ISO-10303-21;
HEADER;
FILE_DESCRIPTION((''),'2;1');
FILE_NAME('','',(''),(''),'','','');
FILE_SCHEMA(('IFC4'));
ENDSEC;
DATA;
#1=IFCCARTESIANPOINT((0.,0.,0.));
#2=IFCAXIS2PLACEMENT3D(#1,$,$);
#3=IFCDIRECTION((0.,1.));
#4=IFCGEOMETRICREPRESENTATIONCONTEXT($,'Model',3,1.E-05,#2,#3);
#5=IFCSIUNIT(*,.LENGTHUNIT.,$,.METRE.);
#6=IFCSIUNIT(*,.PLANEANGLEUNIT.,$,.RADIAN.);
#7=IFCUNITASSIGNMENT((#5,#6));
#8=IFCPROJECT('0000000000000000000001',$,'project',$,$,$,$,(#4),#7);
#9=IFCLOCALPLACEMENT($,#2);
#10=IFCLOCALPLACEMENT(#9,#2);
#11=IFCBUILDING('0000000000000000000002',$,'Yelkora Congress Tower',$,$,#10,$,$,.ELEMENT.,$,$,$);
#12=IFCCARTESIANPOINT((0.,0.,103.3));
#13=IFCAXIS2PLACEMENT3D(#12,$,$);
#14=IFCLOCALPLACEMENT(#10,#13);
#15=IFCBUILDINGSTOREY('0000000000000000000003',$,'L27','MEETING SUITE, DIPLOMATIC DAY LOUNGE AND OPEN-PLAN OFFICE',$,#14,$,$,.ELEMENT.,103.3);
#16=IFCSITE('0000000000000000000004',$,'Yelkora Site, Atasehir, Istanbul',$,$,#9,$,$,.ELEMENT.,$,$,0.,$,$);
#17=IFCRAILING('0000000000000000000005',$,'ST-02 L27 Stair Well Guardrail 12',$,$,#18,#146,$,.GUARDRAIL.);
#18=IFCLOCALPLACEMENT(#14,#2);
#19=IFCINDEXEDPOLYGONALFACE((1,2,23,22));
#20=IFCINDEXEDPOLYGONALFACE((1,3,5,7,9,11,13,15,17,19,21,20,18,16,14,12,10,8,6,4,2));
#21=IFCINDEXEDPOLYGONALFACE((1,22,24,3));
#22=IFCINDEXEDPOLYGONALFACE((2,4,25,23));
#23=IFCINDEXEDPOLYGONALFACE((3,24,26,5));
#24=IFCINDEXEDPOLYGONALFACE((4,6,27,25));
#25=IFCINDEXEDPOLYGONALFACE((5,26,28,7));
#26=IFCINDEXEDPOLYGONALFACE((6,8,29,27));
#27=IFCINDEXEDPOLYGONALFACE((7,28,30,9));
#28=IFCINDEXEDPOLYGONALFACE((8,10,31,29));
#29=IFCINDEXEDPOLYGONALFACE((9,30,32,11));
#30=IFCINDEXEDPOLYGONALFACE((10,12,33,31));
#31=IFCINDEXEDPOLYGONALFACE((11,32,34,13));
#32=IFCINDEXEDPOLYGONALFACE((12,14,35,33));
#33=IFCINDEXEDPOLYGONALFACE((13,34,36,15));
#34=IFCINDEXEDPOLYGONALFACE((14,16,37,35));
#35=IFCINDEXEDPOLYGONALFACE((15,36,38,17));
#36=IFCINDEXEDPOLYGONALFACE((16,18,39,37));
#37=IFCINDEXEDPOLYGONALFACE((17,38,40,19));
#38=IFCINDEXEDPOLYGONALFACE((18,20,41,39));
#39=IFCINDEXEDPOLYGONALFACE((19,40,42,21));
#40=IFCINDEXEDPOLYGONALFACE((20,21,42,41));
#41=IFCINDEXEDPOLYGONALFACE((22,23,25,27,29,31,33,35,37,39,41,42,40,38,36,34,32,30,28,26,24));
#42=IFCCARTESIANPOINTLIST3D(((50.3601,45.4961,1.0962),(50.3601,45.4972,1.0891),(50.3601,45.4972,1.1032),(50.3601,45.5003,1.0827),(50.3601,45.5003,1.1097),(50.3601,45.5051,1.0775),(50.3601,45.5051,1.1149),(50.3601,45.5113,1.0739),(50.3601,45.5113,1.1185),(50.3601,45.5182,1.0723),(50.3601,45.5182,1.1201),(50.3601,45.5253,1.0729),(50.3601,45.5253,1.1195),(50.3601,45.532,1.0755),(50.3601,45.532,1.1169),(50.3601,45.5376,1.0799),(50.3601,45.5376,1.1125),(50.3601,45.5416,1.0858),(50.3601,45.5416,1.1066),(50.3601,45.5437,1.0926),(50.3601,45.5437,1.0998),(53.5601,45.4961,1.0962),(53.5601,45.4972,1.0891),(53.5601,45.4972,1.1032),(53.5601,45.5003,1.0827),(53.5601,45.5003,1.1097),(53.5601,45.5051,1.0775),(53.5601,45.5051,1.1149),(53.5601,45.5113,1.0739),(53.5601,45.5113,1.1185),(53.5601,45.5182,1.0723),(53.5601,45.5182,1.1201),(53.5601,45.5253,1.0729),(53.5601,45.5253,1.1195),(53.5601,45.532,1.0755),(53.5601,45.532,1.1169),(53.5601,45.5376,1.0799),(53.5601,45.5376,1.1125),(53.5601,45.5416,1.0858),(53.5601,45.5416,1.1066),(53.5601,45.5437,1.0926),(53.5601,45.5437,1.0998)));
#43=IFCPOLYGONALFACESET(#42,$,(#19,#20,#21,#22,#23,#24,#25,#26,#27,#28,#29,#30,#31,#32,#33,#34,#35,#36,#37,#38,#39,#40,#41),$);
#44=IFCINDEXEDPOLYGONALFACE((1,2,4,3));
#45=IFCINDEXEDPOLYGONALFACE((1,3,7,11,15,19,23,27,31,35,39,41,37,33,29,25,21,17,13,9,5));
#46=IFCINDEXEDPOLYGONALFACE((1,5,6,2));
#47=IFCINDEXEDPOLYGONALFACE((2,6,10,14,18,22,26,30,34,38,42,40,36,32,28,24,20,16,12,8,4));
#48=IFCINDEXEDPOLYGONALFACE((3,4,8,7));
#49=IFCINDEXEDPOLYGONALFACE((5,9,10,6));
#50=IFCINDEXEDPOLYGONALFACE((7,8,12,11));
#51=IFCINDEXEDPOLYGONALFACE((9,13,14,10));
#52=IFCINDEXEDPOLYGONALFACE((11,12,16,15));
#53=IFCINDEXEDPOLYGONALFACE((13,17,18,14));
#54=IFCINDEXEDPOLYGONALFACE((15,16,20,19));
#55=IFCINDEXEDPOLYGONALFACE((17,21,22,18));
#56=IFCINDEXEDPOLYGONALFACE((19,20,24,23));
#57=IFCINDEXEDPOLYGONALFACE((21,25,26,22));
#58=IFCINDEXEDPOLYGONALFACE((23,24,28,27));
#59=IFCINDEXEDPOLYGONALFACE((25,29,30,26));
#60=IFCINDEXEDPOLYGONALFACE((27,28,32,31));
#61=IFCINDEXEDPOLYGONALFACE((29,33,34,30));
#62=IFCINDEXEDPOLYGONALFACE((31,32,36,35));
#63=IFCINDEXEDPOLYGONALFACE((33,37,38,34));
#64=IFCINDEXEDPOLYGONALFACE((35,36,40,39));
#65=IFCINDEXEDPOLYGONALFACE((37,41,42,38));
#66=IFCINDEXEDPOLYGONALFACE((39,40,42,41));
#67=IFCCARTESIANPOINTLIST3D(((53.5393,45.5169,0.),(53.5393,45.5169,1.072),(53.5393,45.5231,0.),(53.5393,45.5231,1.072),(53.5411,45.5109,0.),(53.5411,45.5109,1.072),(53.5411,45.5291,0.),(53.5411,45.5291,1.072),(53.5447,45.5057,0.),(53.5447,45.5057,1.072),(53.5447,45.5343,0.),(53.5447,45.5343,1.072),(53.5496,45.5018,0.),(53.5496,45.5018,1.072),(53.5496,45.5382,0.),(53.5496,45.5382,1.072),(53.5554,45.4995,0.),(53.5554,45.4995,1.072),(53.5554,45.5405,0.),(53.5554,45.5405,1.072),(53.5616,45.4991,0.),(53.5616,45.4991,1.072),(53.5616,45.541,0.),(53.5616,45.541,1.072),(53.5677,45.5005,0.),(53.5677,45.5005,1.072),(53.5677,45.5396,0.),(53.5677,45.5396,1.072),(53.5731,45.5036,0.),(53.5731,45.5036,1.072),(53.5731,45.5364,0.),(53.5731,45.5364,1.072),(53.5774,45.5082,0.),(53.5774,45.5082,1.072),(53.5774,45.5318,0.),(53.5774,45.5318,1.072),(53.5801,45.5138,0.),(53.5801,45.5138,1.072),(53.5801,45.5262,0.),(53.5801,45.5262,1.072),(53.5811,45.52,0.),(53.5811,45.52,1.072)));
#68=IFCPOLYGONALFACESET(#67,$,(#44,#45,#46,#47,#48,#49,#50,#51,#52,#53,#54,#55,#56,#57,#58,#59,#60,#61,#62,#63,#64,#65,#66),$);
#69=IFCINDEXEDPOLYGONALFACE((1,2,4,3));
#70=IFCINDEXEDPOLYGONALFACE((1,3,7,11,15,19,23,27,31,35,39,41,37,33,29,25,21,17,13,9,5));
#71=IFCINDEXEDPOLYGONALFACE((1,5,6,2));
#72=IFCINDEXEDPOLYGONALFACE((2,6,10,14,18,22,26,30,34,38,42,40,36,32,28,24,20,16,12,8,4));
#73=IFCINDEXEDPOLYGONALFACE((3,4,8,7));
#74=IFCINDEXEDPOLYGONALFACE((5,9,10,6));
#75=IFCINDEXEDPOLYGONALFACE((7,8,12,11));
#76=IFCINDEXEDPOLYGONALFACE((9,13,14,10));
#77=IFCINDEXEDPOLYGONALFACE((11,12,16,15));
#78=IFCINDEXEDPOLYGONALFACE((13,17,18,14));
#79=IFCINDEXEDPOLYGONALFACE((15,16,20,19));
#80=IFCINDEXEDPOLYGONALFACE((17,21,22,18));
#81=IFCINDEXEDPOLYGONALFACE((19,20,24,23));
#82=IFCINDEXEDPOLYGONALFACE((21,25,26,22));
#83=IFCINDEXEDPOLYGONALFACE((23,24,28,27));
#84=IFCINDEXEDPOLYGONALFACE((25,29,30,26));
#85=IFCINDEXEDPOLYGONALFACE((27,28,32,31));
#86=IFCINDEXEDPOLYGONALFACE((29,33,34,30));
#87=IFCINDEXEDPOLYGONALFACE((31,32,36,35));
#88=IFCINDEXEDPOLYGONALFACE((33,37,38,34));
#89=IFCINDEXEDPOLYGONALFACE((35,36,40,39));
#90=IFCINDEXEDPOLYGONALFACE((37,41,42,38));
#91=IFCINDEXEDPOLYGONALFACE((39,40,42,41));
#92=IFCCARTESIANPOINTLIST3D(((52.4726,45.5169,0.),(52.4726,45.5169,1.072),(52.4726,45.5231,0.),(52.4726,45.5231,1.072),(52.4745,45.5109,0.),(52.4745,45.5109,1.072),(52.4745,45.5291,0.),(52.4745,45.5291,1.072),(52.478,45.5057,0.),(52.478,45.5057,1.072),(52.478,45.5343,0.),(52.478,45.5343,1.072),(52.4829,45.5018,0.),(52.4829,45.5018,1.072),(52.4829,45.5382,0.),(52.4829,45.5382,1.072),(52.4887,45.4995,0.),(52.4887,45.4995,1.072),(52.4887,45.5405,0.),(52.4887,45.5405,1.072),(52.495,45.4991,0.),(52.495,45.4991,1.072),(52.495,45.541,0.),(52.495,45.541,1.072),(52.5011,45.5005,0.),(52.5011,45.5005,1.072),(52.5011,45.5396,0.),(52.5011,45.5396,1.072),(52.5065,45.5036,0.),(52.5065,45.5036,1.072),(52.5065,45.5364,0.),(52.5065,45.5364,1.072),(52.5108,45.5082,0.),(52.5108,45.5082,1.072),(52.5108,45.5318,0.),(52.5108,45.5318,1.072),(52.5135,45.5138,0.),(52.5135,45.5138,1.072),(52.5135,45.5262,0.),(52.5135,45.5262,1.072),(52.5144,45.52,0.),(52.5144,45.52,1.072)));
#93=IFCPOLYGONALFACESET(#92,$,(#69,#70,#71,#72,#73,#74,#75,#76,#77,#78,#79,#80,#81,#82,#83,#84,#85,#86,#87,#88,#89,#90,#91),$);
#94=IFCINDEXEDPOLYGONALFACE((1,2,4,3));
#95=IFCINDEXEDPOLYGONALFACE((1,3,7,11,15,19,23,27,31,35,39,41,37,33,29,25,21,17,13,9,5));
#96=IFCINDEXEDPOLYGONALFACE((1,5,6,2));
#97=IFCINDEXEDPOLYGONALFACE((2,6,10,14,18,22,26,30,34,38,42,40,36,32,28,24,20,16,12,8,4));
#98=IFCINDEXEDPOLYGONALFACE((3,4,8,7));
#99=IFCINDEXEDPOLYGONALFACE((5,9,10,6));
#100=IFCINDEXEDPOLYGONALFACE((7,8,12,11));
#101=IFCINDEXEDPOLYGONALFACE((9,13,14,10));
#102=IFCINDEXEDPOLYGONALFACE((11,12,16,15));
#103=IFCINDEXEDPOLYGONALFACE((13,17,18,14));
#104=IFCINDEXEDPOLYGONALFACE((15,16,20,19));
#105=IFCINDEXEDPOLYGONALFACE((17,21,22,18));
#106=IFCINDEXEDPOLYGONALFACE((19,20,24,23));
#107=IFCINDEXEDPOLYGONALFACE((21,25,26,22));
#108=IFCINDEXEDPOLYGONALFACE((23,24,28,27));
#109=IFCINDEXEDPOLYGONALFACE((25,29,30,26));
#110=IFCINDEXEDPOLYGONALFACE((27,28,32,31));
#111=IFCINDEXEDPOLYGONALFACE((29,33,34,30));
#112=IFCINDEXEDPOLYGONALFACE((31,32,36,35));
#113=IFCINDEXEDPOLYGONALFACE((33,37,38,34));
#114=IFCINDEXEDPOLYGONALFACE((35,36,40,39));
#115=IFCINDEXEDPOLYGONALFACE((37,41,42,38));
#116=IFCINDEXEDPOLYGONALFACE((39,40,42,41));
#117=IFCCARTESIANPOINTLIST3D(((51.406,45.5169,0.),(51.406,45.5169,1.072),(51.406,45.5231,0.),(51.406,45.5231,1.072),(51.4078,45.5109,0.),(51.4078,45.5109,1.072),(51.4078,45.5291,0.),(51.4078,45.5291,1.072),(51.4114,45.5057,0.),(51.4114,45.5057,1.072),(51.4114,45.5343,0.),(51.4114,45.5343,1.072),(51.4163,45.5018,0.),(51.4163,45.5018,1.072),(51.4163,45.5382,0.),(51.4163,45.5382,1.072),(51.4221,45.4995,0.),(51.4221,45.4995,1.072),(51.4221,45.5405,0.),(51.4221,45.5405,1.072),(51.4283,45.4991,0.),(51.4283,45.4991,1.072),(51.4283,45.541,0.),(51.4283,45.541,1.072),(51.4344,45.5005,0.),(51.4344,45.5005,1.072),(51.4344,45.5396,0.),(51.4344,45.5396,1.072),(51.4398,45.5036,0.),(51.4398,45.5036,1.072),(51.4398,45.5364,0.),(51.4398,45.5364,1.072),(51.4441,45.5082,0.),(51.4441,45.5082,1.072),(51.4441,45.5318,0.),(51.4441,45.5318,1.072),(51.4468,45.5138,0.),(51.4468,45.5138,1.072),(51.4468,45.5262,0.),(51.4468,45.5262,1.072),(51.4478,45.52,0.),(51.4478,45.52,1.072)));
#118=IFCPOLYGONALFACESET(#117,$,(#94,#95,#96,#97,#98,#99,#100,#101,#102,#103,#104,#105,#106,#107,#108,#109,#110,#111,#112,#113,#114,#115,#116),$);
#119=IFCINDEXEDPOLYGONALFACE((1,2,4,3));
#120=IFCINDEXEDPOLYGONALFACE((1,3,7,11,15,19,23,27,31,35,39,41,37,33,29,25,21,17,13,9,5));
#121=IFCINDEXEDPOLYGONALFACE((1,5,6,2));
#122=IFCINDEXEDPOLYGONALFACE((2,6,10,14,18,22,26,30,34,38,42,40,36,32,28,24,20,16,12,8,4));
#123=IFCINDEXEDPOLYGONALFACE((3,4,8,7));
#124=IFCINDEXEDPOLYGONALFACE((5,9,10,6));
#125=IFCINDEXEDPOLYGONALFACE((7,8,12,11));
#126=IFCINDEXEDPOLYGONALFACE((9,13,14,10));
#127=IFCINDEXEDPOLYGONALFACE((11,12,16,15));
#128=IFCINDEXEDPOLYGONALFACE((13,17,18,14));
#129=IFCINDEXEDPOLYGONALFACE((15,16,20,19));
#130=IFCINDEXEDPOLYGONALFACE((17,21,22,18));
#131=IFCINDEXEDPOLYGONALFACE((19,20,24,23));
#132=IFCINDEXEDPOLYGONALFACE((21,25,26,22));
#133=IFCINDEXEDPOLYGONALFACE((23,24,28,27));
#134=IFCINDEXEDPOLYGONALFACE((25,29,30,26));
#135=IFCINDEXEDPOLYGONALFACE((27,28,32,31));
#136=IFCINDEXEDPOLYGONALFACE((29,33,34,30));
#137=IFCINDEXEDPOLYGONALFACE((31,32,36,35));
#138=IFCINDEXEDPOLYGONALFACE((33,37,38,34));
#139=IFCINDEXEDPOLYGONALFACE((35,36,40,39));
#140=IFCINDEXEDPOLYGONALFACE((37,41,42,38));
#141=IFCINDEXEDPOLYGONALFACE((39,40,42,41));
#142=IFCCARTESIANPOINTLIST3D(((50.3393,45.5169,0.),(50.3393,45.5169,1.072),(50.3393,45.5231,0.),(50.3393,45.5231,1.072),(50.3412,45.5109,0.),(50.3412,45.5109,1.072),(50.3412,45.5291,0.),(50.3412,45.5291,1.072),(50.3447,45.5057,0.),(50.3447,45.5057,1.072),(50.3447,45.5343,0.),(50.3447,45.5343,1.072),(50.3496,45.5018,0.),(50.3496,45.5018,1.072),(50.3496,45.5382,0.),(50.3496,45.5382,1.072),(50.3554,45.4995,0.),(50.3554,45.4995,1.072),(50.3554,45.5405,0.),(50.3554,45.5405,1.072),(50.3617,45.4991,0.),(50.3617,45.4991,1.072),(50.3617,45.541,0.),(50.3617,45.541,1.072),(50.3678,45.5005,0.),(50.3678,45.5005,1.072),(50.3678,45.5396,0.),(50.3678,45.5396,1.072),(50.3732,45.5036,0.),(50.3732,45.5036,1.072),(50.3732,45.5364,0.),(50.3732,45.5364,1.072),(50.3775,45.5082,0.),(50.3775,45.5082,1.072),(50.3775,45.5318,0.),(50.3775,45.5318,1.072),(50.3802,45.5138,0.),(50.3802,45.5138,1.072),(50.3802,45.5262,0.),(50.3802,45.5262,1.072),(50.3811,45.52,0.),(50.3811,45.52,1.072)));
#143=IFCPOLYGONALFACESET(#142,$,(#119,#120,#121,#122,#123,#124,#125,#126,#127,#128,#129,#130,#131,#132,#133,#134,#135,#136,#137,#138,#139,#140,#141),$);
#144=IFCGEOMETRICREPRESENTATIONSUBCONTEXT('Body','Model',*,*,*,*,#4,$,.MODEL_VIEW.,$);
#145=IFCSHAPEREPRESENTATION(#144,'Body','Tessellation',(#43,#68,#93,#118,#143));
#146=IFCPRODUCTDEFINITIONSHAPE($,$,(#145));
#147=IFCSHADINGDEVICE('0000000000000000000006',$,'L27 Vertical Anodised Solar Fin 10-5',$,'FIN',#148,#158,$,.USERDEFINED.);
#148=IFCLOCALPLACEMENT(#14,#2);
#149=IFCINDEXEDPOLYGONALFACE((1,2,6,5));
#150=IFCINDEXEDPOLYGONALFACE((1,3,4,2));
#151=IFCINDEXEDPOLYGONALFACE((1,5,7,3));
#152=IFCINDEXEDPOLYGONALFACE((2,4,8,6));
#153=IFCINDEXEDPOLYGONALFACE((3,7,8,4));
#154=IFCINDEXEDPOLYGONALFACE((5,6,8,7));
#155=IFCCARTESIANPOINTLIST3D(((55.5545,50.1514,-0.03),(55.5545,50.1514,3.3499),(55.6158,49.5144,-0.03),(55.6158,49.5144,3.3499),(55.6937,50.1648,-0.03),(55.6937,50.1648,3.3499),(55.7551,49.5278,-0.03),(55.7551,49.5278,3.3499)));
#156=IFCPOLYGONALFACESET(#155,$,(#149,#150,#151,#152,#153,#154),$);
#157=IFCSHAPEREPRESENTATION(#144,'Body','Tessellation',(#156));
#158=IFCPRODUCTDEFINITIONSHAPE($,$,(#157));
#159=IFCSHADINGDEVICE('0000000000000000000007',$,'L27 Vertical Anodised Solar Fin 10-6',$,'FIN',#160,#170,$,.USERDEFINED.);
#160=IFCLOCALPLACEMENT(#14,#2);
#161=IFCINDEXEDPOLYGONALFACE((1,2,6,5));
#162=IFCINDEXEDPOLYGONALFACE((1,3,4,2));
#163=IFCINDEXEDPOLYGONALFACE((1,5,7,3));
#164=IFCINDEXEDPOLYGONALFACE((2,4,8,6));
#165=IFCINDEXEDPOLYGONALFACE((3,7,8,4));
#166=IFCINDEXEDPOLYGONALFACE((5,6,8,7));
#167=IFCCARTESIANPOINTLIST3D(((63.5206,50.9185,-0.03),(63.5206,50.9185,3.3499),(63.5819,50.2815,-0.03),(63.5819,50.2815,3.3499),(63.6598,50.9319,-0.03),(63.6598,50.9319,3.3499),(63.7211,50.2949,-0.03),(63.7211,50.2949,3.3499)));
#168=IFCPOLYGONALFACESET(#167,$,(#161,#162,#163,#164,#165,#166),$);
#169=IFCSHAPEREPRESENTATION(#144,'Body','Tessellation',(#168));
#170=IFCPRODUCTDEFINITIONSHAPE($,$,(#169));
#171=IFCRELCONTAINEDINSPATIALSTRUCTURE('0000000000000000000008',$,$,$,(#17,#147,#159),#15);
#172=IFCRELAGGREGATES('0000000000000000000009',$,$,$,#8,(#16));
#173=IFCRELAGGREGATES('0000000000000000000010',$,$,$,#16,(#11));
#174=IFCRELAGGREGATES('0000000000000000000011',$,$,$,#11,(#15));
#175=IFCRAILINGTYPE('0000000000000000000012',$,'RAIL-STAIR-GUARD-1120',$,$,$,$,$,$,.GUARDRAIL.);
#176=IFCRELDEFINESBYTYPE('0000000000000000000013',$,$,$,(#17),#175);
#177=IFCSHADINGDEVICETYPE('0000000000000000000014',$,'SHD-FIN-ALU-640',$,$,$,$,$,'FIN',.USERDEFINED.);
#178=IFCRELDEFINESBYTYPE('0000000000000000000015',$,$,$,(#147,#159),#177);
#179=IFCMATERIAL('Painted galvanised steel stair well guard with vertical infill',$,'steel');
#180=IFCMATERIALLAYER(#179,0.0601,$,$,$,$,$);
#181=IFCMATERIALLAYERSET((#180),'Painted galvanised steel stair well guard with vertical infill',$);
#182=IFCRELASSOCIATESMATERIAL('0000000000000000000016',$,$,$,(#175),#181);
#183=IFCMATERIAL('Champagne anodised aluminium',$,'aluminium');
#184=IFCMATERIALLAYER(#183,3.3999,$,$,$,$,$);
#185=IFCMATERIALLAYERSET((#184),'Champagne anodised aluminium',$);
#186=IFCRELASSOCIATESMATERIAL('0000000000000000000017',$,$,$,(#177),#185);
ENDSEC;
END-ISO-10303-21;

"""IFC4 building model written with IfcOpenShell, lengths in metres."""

from ifc_helpers import new_model, si_unit, direction, frame, origin, origin_2d, place, context, subcontext, project, spatial, rectangle, circle, extrude, material, layer, layer_set, type_object, element, save


model = new_model("IFC4")

# Units and contexts
model_context = context("Model", 3, precision=1e-05, world=origin(), true_north=direction((0.0, 1.0)))
body_context = subcontext(model_context, "Body", "Model", "MODEL_VIEW")
ifc_project = project(units=[si_unit("LENGTHUNIT", "METRE"), si_unit("PLANEANGLEUNIT", "RADIAN")], contexts=[model_context])

# Site, building, storey
site_placement = place(None, origin())
site = spatial("IfcSite", under=ifc_project, at=site_placement, Name="Yelkora Site, Atasehir, Istanbul", CompositionType="ELEMENT", RefElevation=0.0)
building_placement = place(site_placement, origin())
building = spatial("IfcBuilding", under=site, at=building_placement, Name="Yelkora Congress Tower", CompositionType="ELEMENT")
storey_placement = place(building_placement, frame((0.0, 0.0, 103.3)))
storey = spatial("IfcBuildingStorey", under=building, at=storey_placement, Name="L27", Description="MEETING SUITE, DIPLOMATIC DAY LOUNGE AND OPEN-PLAN OFFICE", CompositionType="ELEMENT", Elevation=103.3)

# Railing
ifc_material_1 = material(Name="Painted galvanised steel stair well guard with vertical infill", Category="steel")
ifc_layer_1 = layer(ifc_material_1, 0.0601)
ifc_layer_set_1 = layer_set([ifc_layer_1], Name="Painted galvanised steel stair well guard with vertical infill")
railing_type = type_object("IfcRailingType", Name="RAIL-STAIR-GUARD-1120", PredefinedType="GUARDRAIL", material=ifc_layer_set_1)
railing_1_placement = place(storey_placement, frame((53.5601, 45.52, 0.0)))
element("IfcRailing", 1, at=railing_1_placement, inside=storey, type_object=railing_type, Name="ST-02 L27 Stair Well Guardrail 12", PredefinedType="GUARDRAIL", context=body_context, shape_type="SweptSolid", body=[
    extrude(circle(Radius=0.0239, at=origin_2d()), frame((0.0, 0.0, 1.0962), z_axis=(-1.0, 0.0, 0.0), x_axis=(0.0, -1.0, 0.0)), (0.0, 0.0, 1.0), 3.2),
    extrude(circle(Radius=0.021, at=origin_2d()), origin(), (0.0, 0.0, 1.0), 1.072),
    extrude(circle(Radius=0.021, at=origin_2d()), frame((-1.0667, 0.0, 0.0)), (0.0, 0.0, 1.0), 1.072),
    extrude(circle(Radius=0.021, at=origin_2d()), frame((-2.1333, 0.0, 0.0)), (0.0, 0.0, 1.0), 1.072),
    extrude(circle(Radius=0.021, at=origin_2d()), frame((-3.2, 0.0, 0.0)), (0.0, 0.0, 1.0), 1.072),
])

# Shading devices
ifc_material_2 = material(Name="Champagne anodised aluminium", Category="aluminium")
ifc_layer_2 = layer(ifc_material_2, 3.3999)
ifc_layer_set_2 = layer_set([ifc_layer_2], Name="Champagne anodised aluminium")
shading_device_type = type_object("IfcShadingDeviceType", Name="SHD-FIN-ALU-640", ElementType="FIN", PredefinedType="USERDEFINED", material=ifc_layer_set_2)
for number, where, z_axis, x_axis, name in (
    (2, (55.6548, 49.8396, -0.03), (0.0, 0.0, 1.0), (0.995396, 0.095846, 0.0), "L27 Vertical Anodised Solar Fin 10-5"),
    (3, (63.6208, 50.6067, -0.03), (0.0, 0.0, 1.0), (0.995396, 0.095846, 0.0), "L27 Vertical Anodised Solar Fin 10-6"),
):
    element("IfcShadingDevice", number, at=place(storey_placement, frame(where, z_axis=z_axis, x_axis=x_axis)), inside=storey, type_object=shading_device_type, Name=name, ObjectType="FIN", PredefinedType="USERDEFINED", context=body_context, shape_type="SweptSolid", body=[
        extrude(rectangle(XDim=0.1399, YDim=0.6399, at=origin_2d()), origin(), (0.0, 0.0, 1.0), 3.3799),
    ])

save(model, "model.ifc")
